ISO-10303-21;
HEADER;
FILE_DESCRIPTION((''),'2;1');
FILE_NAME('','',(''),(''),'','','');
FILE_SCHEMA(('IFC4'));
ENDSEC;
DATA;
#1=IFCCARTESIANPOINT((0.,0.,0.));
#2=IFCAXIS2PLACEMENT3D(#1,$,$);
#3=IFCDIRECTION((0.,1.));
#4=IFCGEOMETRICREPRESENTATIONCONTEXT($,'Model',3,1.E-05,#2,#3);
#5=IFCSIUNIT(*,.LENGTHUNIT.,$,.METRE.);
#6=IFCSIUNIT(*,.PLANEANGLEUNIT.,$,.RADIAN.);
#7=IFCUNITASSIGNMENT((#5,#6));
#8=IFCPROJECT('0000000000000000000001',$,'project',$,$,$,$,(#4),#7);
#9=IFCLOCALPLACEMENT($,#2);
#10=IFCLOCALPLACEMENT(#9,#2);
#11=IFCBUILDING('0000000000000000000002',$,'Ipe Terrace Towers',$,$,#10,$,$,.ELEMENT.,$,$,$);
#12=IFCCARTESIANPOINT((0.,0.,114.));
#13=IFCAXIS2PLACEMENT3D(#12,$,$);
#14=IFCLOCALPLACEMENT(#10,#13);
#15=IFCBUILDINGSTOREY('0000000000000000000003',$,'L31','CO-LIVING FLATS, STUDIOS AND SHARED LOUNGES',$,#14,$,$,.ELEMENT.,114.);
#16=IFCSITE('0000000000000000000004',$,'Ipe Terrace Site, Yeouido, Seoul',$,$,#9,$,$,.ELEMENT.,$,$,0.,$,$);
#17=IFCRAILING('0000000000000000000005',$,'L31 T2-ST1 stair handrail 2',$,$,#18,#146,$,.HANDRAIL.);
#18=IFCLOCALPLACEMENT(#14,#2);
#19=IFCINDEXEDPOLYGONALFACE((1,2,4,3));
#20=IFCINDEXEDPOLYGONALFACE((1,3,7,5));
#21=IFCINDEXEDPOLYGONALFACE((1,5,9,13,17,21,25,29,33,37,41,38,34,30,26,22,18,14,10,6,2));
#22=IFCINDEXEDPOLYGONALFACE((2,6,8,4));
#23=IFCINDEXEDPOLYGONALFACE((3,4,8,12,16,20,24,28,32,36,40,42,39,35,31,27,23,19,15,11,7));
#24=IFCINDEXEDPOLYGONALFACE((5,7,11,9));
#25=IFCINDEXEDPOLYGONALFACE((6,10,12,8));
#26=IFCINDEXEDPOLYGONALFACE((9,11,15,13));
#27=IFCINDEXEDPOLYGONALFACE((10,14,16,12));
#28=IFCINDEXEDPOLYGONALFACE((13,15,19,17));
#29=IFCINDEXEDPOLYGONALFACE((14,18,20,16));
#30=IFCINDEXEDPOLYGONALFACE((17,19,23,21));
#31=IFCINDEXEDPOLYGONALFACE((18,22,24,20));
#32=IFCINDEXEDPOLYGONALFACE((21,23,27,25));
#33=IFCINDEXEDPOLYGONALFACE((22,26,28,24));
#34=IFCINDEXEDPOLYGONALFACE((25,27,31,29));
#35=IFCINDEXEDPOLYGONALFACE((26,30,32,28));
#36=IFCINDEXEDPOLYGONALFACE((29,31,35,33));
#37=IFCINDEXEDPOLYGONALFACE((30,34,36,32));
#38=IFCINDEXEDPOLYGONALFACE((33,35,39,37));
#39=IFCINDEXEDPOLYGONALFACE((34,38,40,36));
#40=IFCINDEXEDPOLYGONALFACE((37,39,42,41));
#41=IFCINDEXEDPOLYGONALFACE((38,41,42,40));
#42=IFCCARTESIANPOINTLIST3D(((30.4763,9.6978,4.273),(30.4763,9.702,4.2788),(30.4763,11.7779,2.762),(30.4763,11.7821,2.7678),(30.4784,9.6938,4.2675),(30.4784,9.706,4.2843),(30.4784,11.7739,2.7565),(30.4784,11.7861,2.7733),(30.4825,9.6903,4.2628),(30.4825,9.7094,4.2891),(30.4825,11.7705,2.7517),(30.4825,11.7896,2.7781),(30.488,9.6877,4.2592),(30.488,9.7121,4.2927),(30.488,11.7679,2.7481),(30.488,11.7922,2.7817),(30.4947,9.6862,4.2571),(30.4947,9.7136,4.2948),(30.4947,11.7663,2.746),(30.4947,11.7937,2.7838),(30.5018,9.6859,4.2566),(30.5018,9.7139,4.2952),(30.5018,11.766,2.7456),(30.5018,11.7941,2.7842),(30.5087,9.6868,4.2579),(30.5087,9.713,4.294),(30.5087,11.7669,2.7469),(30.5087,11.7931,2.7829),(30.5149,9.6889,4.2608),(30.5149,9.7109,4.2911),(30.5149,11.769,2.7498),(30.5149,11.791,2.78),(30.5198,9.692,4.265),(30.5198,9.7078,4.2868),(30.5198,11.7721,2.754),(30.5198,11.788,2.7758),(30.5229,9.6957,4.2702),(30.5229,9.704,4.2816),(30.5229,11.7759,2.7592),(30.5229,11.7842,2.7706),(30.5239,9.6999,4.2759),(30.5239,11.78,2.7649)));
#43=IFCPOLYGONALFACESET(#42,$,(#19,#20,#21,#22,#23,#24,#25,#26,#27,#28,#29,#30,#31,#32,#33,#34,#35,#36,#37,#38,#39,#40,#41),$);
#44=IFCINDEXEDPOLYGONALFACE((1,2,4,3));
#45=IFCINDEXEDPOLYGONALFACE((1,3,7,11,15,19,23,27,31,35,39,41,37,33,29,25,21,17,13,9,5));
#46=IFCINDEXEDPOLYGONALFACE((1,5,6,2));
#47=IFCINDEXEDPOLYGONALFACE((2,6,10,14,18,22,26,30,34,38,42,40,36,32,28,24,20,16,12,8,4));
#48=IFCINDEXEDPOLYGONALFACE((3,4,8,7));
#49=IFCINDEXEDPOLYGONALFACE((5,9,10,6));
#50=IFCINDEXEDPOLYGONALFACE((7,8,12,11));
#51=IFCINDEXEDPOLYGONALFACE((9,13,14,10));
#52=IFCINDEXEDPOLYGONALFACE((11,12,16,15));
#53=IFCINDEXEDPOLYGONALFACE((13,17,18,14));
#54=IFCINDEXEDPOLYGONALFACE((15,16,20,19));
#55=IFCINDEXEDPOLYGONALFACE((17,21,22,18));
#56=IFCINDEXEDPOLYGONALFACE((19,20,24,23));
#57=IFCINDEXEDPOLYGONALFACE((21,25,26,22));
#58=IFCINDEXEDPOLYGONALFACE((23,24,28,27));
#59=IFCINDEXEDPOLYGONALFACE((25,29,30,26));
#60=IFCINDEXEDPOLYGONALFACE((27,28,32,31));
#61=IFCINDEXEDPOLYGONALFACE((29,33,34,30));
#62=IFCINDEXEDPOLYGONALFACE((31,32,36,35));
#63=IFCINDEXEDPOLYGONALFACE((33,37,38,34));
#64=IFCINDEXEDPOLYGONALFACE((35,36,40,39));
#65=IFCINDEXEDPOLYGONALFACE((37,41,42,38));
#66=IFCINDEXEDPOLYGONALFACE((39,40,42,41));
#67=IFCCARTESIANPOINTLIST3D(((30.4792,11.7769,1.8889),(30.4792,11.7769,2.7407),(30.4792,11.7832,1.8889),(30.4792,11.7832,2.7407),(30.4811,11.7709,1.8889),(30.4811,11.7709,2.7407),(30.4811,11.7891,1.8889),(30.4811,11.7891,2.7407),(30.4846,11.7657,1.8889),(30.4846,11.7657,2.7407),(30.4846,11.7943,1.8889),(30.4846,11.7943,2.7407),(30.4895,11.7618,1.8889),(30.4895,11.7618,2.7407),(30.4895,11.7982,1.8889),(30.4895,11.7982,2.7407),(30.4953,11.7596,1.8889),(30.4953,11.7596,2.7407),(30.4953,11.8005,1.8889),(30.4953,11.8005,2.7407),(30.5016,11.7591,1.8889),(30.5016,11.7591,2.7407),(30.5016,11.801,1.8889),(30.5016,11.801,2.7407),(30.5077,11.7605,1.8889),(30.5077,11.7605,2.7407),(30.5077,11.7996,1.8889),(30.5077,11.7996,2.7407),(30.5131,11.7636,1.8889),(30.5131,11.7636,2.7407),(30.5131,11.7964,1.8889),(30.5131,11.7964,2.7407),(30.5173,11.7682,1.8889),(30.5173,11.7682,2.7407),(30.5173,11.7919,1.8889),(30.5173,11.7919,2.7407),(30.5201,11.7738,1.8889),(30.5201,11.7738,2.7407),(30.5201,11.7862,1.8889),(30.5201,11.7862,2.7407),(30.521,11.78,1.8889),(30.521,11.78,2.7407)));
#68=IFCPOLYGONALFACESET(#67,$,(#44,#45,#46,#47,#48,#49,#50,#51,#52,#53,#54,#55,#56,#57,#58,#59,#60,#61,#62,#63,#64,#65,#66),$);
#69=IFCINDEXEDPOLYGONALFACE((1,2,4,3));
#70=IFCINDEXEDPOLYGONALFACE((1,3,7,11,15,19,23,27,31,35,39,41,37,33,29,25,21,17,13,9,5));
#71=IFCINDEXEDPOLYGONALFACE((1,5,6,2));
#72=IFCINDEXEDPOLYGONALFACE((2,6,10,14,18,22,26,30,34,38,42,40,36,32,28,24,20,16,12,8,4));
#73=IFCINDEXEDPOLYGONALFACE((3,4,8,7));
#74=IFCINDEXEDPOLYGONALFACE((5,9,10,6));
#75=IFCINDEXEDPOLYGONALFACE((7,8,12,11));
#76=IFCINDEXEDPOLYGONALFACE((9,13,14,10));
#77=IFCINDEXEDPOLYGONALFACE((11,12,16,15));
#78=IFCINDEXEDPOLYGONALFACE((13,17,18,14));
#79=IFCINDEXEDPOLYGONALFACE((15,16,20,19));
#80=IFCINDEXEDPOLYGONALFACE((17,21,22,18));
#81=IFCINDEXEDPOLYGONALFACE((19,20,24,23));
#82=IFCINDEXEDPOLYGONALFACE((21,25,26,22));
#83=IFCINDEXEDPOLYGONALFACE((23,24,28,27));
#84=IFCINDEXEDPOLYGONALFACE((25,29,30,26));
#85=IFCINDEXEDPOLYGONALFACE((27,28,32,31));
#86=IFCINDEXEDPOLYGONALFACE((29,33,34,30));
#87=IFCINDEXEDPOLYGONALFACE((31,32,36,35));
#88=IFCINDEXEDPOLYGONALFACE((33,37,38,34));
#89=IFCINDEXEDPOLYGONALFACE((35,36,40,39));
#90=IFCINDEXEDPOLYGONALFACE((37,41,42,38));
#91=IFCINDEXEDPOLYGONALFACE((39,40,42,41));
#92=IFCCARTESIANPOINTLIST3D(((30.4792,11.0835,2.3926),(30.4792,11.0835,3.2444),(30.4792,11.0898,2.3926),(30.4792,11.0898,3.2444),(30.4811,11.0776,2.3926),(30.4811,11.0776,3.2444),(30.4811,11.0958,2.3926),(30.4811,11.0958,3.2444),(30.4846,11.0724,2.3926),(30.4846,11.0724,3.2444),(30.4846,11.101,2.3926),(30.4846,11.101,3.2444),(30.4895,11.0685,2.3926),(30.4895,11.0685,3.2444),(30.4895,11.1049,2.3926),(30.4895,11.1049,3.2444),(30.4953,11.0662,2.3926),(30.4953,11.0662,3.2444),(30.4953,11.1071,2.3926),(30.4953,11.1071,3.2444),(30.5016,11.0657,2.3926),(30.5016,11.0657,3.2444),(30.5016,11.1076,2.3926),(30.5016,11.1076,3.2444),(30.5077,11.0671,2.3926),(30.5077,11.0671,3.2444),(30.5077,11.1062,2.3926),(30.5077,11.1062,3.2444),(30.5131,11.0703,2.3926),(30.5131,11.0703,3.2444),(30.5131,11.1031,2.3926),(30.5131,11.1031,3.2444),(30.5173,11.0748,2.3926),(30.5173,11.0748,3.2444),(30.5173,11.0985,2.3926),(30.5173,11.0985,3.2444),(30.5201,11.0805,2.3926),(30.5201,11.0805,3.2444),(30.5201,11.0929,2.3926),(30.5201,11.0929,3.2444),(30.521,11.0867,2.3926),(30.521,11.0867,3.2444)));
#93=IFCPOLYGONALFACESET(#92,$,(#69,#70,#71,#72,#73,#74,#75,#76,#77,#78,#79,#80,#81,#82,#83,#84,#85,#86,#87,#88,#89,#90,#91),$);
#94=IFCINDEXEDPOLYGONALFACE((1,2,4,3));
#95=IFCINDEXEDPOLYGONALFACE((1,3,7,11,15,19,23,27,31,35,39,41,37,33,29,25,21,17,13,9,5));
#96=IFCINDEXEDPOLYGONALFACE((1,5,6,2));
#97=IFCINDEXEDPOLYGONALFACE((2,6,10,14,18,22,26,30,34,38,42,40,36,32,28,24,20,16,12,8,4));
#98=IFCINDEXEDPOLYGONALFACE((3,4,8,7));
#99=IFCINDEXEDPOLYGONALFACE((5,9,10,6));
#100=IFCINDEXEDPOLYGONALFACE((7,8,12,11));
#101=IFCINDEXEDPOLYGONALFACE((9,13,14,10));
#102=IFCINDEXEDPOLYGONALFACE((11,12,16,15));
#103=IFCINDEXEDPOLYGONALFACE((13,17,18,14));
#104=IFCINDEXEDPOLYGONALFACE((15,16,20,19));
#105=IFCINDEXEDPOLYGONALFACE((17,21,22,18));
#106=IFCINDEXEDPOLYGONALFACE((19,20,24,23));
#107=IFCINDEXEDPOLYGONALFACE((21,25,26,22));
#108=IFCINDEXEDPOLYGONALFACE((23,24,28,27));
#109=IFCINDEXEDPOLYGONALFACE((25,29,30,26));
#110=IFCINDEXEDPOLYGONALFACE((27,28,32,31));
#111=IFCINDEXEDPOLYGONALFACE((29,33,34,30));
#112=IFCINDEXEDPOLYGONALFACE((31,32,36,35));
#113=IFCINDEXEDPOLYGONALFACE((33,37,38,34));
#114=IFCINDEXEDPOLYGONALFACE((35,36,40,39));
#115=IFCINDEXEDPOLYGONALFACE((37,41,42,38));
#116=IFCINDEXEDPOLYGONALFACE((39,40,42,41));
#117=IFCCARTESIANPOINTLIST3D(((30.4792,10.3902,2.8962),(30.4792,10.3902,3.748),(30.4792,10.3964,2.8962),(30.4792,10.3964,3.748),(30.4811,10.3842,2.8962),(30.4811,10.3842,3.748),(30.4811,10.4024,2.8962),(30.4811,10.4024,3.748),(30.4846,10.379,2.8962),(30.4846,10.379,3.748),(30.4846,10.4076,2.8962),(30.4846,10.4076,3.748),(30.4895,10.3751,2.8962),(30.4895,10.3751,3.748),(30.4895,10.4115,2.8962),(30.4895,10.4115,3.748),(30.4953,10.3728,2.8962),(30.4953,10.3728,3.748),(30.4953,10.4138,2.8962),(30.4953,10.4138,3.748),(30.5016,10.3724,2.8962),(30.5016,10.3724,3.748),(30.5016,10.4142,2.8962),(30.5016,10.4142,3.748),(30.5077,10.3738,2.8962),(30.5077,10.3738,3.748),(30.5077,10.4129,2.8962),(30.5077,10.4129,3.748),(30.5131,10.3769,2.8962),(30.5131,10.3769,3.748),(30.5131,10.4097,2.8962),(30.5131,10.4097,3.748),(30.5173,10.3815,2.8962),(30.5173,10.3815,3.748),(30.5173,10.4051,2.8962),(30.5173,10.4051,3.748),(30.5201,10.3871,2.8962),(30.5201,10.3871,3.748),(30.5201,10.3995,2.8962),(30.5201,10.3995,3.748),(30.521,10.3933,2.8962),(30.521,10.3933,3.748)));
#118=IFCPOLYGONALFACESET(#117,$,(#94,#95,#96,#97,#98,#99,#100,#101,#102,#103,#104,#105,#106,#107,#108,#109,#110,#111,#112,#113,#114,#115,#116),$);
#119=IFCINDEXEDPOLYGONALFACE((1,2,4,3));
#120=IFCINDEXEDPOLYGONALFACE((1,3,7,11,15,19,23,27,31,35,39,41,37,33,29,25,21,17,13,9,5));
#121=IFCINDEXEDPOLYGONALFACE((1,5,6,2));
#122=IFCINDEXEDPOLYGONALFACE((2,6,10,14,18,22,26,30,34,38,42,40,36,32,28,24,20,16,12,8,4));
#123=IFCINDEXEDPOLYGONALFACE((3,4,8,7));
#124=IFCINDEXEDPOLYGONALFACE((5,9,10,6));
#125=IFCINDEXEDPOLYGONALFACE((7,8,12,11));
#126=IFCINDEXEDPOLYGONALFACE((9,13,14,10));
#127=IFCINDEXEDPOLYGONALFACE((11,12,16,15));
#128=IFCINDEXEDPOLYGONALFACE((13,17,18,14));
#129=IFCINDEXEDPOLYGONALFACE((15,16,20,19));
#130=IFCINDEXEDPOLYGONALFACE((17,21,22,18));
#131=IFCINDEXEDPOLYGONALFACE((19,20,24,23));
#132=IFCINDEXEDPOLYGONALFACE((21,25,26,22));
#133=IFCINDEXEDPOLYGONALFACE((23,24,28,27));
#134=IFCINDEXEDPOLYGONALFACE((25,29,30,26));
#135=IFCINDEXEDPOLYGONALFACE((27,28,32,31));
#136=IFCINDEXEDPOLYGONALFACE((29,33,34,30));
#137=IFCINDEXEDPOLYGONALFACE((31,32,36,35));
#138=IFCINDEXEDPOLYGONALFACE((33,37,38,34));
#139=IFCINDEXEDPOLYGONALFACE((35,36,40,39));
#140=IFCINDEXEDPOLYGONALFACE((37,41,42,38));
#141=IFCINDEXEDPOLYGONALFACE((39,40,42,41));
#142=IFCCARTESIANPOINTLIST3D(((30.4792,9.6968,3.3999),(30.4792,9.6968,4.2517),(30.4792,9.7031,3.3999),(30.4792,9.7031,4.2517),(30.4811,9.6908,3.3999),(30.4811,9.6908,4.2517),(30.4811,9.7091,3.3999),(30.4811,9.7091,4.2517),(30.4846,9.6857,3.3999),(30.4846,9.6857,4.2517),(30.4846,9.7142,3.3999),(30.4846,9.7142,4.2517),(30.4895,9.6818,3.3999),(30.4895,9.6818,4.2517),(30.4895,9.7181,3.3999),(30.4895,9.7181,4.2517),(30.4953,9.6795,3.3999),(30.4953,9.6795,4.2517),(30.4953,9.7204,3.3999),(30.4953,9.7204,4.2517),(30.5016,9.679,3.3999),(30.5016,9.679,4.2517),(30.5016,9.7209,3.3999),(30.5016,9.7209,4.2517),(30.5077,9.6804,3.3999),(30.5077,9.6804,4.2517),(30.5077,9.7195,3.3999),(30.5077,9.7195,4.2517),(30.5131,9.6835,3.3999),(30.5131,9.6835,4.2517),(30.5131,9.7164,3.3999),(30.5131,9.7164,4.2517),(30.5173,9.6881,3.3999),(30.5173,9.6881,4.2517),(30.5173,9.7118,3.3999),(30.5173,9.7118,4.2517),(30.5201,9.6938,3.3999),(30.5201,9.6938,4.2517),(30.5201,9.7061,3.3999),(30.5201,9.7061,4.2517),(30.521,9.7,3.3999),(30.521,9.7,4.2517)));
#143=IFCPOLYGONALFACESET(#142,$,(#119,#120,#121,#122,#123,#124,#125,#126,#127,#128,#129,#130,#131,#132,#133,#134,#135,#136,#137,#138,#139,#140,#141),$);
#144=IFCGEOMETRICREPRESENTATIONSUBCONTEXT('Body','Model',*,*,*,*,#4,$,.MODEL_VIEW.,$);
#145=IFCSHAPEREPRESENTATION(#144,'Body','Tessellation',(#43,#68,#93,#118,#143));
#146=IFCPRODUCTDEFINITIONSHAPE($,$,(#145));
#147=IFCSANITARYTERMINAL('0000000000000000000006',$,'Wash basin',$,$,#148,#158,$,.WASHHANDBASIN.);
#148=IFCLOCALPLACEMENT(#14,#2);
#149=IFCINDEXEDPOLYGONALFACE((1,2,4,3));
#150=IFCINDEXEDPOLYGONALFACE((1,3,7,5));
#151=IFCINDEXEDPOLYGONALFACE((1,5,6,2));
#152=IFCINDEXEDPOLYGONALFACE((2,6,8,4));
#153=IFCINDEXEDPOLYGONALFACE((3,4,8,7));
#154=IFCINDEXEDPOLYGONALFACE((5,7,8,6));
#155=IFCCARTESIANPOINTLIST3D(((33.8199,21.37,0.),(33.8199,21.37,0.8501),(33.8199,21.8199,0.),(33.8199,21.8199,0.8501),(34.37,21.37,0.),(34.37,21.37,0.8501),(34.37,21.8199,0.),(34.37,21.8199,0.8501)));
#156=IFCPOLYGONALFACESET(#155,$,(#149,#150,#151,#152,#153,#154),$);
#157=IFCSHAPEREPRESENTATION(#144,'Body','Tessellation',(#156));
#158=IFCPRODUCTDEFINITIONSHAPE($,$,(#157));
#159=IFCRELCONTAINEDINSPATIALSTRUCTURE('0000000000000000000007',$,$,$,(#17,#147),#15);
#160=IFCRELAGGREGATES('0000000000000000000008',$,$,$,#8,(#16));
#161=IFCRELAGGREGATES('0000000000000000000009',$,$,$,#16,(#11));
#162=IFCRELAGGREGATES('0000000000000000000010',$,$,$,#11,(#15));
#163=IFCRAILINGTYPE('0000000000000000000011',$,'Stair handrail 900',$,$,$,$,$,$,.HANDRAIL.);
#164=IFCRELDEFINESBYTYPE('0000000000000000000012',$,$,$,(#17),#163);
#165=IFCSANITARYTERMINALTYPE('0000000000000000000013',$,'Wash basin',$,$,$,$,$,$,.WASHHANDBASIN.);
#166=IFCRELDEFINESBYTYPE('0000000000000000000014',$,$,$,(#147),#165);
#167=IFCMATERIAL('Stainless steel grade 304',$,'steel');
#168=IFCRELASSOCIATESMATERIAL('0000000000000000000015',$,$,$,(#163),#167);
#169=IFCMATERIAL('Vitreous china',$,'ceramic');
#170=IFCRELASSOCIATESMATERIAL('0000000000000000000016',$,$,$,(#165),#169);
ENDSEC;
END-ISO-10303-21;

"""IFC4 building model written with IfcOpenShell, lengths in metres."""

from ifc_helpers import new_model, si_unit, direction, frame, origin, origin_2d, place, context, subcontext, project, spatial, rectangle, circle, extrude, material, type_object, element, save


model = new_model("IFC4")

# Units and contexts
model_context = context("Model", 3, precision=1e-05, world=origin(), true_north=direction((0.0, 1.0)))
body_context = subcontext(model_context, "Body", "Model", "MODEL_VIEW")
ifc_project = project(units=[si_unit("LENGTHUNIT", "METRE"), si_unit("PLANEANGLEUNIT", "RADIAN")], contexts=[model_context])

# Site, building, storey
site_placement = place(None, origin())
site = spatial("IfcSite", under=ifc_project, at=site_placement, Name="Ipe Terrace Site, Yeouido, Seoul", CompositionType="ELEMENT", RefElevation=0.0)
building_placement = place(site_placement, origin())
building = spatial("IfcBuilding", under=site, at=building_placement, Name="Ipe Terrace Towers", CompositionType="ELEMENT")
storey_placement = place(building_placement, frame((0.0, 0.0, 114.0)))
storey = spatial("IfcBuildingStorey", under=building, at=storey_placement, Name="L31", Description="CO-LIVING FLATS, STUDIOS AND SHARED LOUNGES", CompositionType="ELEMENT", Elevation=114.0)

# Railing
ifc_material_1 = material(Name="Stainless steel grade 304", Category="steel")
railing_type_1 = type_object("IfcRailingType", Name="Stair handrail 900", PredefinedType="HANDRAIL", material=ifc_material_1)
railing_1_placement = place(storey_placement, frame((30.5, 11.78, 1.8889)))
element("IfcRailing", 1, at=railing_1_placement, inside=storey, type_object=railing_type_1, Name="L31 T2-ST1 stair handrail 2", PredefinedType="HANDRAIL", context=body_context, shape_type="SweptSolid", body=[
    extrude(circle(Radius=0.0239, at=origin_2d()), frame((0.0, 0.0, 0.876), z_axis=(0.0, -0.809069, 0.587714), x_axis=(1.0, 0.0, 0.0)), (0.0, 0.0, 1.0), 2.571),
    extrude(circle(Radius=0.021, at=origin_2d()), origin(), (0.0, 0.0, 1.0), 0.8518),
    extrude(circle(Radius=0.021, at=origin_2d()), frame((0.0, -0.6934, 0.5037)), (0.0, 0.0, 1.0), 0.8518),
    extrude(circle(Radius=0.021, at=origin_2d()), frame((0.0, -1.3867, 1.0073)), (0.0, 0.0, 1.0), 0.8518),
    extrude(circle(Radius=0.021, at=origin_2d()), frame((0.0, -2.0801, 1.511)), (0.0, 0.0, 1.0), 0.8518),
])

# Sanitary terminal
ifc_material_2 = material(Name="Vitreous china", Category="ceramic")
sanitary_terminal_type = type_object("IfcSanitaryTerminalType", Name="Wash basin", PredefinedType="WASHHANDBASIN", material=ifc_material_2)
sanitary_terminal_placement = place(storey_placement, frame((34.095, 21.595, 0.0), z_axis=(0.0, 0.0, 1.0), x_axis=(1.0, 0.0, 0.0)))
element("IfcSanitaryTerminal", 2, at=sanitary_terminal_placement, inside=storey, type_object=sanitary_terminal_type, Name="Wash basin", PredefinedType="WASHHANDBASIN", context=body_context, shape_type="SweptSolid", body=[
    extrude(rectangle(XDim=0.55, YDim=0.45, at=origin_2d()), origin(), (0.0, 0.0, 1.0), 0.8501),
])

save(model, "model.ifc")
